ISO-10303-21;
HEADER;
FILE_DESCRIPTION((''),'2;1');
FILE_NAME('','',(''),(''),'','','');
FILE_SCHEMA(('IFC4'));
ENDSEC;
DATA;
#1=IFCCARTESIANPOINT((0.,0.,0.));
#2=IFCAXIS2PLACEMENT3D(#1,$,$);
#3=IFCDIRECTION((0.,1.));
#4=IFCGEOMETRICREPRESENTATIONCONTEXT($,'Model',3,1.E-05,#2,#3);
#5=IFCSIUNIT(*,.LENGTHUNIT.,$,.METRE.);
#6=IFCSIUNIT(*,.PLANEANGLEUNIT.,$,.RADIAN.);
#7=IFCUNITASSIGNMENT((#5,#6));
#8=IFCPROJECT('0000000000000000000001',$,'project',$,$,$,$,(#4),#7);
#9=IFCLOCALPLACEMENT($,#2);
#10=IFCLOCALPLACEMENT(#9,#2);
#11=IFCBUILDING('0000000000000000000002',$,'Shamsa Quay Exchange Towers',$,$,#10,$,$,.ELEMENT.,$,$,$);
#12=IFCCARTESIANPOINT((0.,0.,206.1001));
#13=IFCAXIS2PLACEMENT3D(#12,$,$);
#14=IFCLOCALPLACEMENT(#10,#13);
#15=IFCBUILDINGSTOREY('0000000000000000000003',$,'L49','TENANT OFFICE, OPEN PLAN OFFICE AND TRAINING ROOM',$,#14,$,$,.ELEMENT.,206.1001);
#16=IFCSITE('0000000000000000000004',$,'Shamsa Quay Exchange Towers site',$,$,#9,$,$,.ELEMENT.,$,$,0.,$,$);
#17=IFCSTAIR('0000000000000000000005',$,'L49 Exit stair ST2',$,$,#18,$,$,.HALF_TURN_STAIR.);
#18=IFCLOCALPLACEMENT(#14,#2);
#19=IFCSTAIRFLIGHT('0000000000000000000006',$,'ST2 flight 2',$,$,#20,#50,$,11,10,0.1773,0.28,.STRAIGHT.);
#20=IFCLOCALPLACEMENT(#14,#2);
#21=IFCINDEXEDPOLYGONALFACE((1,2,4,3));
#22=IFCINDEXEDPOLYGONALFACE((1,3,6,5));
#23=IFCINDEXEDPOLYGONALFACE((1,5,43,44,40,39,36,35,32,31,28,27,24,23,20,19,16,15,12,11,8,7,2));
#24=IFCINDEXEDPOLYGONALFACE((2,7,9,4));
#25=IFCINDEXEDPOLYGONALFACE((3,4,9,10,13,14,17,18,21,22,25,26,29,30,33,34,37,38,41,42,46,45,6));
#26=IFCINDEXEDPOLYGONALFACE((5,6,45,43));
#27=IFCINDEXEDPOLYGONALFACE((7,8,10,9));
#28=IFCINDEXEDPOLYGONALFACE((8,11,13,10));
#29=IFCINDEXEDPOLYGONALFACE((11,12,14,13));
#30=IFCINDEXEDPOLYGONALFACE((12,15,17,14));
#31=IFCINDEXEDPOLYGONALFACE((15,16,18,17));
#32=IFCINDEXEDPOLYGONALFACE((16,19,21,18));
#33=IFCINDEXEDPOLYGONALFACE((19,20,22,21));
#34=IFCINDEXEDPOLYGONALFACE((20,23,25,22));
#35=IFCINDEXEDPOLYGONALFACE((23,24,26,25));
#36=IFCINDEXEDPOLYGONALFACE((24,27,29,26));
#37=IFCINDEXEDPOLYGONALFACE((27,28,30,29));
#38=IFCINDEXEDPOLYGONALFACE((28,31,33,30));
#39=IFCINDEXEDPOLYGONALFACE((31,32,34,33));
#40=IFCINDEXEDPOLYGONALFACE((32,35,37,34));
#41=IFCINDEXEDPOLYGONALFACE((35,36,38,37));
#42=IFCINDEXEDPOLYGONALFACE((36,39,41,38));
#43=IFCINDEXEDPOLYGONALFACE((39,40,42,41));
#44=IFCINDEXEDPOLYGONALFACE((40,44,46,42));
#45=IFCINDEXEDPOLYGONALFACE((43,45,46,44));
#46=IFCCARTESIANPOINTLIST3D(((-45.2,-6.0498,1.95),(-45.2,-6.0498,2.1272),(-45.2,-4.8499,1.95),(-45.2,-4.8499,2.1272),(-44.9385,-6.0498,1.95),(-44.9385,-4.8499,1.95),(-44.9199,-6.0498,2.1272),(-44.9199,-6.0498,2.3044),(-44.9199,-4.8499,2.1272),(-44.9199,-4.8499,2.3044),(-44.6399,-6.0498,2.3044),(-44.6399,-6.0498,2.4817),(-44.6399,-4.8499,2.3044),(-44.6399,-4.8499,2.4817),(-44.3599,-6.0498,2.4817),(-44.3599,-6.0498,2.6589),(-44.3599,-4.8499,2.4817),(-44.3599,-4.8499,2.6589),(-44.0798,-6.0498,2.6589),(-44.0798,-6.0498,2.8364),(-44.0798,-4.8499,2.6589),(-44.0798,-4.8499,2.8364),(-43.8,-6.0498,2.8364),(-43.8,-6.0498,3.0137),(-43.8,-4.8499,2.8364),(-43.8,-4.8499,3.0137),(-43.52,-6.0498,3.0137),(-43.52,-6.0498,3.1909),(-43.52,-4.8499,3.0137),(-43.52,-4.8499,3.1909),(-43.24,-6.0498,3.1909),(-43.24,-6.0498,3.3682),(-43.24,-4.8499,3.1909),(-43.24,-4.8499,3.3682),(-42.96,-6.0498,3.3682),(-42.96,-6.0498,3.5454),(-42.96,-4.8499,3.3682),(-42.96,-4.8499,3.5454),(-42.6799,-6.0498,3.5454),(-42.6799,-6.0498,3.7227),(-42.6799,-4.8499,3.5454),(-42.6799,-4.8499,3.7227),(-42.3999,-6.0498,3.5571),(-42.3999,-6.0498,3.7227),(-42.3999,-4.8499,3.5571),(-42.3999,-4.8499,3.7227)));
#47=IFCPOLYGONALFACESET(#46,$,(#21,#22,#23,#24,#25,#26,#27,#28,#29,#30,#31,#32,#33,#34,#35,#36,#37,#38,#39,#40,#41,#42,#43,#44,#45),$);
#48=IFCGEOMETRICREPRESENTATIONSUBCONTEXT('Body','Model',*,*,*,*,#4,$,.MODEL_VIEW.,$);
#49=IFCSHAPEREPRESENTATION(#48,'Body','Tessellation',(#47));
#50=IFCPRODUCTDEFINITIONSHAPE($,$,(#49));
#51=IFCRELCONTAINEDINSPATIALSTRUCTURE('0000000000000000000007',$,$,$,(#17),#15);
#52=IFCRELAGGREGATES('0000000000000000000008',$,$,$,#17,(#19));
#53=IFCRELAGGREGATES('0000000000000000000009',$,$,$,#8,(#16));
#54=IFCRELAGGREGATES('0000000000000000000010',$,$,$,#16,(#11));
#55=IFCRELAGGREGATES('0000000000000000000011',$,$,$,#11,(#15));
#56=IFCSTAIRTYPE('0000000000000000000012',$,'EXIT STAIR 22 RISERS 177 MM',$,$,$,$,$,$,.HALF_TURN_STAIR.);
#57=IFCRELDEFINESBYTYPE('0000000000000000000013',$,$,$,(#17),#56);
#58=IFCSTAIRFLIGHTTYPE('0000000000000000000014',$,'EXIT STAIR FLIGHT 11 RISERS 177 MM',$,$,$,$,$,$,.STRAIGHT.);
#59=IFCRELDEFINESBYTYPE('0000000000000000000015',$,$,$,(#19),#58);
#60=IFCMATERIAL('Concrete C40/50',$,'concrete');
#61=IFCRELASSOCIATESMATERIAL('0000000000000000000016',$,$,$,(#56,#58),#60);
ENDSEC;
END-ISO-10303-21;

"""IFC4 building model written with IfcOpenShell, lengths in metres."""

from ifc_helpers import new_model, si_unit, direction, frame, origin, place, context, subcontext, project, spatial, polyline, outline, extrude, material, type_object, element, aggregate, save


model = new_model("IFC4")

# Units and contexts
model_context = context("Model", 3, precision=1e-05, world=origin(), true_north=direction((0.0, 1.0)))
body_context = subcontext(model_context, "Body", "Model", "MODEL_VIEW")
ifc_project = project(units=[si_unit("LENGTHUNIT", "METRE"), si_unit("PLANEANGLEUNIT", "RADIAN")], contexts=[model_context])

# Site, building, storey
site_placement = place(None, origin())
site = spatial("IfcSite", under=ifc_project, at=site_placement, Name="Shamsa Quay Exchange Towers site", CompositionType="ELEMENT", RefElevation=0.0)
building_placement = place(site_placement, origin())
building = spatial("IfcBuilding", under=site, at=building_placement, Name="Shamsa Quay Exchange Towers", CompositionType="ELEMENT")
storey_placement = place(building_placement, frame((0.0, 0.0, 206.1001)))
storey = spatial("IfcBuildingStorey", under=building, at=storey_placement, Name="L49", Description="TENANT OFFICE, OPEN PLAN OFFICE AND TRAINING ROOM", CompositionType="ELEMENT", Elevation=206.1001)

# Stair, stair flight
ifc_material_1 = material(Name="Concrete C40/50", Category="concrete")
stair_type = type_object("IfcStairType", Name="EXIT STAIR 22 RISERS 177 MM", PredefinedType="HALF_TURN_STAIR", material=ifc_material_1)
stair_placement = place(storey_placement, origin())
stair = element("IfcStair", 1, at=stair_placement, inside=storey, type_object=stair_type, Name="L49 Exit stair ST2", PredefinedType="HALF_TURN_STAIR")
stair_flight_type = type_object("IfcStairFlightType", Name="EXIT STAIR FLIGHT 11 RISERS 177 MM", PredefinedType="STRAIGHT", material=ifc_material_1)
stair_flight_placement = place(storey_placement, frame((-45.2, -5.45, 1.95)))
stair_flight = element("IfcStairFlight", 2, at=stair_flight_placement, type_object=stair_flight_type, Name="ST2 flight 2", NumberOfRisers=11, NumberOfTreads=10, PredefinedType="STRAIGHT", RiserHeight=0.1773, TreadLength=0.28, context=body_context, shape_type="SweptSolid", body=[
    extrude(outline(polyline([(0.0, 0.0), (0.0, 0.1772), (0.28, 0.1772), (0.28, 0.3545), (0.5601, 0.3545), (0.5601, 0.5317), (0.8401, 0.5317), (0.8401, 0.709), (1.1201, 0.709), (1.1201, 0.8865), (1.3999, 0.8865), (1.3999, 1.0637), (1.6799, 1.0637), (1.6799, 1.241), (1.96, 1.241), (1.96, 1.4182), (2.24, 1.4182), (2.24, 1.5955), (2.52, 1.5955), (2.52, 1.7727), (2.8, 1.7727), (2.8, 1.95), (2.8, 1.6072), (0.2615, 0.0), (0.0, 0.0)])), frame((0.0, 0.6001, 0.0), z_axis=(0.0, -1.0, 0.0), x_axis=(1.0, 0.0, 0.0)), (0.0, 0.0, 1.0), 1.2),
])
aggregate(stair, [stair_flight])

save(model, "model.ifc")
